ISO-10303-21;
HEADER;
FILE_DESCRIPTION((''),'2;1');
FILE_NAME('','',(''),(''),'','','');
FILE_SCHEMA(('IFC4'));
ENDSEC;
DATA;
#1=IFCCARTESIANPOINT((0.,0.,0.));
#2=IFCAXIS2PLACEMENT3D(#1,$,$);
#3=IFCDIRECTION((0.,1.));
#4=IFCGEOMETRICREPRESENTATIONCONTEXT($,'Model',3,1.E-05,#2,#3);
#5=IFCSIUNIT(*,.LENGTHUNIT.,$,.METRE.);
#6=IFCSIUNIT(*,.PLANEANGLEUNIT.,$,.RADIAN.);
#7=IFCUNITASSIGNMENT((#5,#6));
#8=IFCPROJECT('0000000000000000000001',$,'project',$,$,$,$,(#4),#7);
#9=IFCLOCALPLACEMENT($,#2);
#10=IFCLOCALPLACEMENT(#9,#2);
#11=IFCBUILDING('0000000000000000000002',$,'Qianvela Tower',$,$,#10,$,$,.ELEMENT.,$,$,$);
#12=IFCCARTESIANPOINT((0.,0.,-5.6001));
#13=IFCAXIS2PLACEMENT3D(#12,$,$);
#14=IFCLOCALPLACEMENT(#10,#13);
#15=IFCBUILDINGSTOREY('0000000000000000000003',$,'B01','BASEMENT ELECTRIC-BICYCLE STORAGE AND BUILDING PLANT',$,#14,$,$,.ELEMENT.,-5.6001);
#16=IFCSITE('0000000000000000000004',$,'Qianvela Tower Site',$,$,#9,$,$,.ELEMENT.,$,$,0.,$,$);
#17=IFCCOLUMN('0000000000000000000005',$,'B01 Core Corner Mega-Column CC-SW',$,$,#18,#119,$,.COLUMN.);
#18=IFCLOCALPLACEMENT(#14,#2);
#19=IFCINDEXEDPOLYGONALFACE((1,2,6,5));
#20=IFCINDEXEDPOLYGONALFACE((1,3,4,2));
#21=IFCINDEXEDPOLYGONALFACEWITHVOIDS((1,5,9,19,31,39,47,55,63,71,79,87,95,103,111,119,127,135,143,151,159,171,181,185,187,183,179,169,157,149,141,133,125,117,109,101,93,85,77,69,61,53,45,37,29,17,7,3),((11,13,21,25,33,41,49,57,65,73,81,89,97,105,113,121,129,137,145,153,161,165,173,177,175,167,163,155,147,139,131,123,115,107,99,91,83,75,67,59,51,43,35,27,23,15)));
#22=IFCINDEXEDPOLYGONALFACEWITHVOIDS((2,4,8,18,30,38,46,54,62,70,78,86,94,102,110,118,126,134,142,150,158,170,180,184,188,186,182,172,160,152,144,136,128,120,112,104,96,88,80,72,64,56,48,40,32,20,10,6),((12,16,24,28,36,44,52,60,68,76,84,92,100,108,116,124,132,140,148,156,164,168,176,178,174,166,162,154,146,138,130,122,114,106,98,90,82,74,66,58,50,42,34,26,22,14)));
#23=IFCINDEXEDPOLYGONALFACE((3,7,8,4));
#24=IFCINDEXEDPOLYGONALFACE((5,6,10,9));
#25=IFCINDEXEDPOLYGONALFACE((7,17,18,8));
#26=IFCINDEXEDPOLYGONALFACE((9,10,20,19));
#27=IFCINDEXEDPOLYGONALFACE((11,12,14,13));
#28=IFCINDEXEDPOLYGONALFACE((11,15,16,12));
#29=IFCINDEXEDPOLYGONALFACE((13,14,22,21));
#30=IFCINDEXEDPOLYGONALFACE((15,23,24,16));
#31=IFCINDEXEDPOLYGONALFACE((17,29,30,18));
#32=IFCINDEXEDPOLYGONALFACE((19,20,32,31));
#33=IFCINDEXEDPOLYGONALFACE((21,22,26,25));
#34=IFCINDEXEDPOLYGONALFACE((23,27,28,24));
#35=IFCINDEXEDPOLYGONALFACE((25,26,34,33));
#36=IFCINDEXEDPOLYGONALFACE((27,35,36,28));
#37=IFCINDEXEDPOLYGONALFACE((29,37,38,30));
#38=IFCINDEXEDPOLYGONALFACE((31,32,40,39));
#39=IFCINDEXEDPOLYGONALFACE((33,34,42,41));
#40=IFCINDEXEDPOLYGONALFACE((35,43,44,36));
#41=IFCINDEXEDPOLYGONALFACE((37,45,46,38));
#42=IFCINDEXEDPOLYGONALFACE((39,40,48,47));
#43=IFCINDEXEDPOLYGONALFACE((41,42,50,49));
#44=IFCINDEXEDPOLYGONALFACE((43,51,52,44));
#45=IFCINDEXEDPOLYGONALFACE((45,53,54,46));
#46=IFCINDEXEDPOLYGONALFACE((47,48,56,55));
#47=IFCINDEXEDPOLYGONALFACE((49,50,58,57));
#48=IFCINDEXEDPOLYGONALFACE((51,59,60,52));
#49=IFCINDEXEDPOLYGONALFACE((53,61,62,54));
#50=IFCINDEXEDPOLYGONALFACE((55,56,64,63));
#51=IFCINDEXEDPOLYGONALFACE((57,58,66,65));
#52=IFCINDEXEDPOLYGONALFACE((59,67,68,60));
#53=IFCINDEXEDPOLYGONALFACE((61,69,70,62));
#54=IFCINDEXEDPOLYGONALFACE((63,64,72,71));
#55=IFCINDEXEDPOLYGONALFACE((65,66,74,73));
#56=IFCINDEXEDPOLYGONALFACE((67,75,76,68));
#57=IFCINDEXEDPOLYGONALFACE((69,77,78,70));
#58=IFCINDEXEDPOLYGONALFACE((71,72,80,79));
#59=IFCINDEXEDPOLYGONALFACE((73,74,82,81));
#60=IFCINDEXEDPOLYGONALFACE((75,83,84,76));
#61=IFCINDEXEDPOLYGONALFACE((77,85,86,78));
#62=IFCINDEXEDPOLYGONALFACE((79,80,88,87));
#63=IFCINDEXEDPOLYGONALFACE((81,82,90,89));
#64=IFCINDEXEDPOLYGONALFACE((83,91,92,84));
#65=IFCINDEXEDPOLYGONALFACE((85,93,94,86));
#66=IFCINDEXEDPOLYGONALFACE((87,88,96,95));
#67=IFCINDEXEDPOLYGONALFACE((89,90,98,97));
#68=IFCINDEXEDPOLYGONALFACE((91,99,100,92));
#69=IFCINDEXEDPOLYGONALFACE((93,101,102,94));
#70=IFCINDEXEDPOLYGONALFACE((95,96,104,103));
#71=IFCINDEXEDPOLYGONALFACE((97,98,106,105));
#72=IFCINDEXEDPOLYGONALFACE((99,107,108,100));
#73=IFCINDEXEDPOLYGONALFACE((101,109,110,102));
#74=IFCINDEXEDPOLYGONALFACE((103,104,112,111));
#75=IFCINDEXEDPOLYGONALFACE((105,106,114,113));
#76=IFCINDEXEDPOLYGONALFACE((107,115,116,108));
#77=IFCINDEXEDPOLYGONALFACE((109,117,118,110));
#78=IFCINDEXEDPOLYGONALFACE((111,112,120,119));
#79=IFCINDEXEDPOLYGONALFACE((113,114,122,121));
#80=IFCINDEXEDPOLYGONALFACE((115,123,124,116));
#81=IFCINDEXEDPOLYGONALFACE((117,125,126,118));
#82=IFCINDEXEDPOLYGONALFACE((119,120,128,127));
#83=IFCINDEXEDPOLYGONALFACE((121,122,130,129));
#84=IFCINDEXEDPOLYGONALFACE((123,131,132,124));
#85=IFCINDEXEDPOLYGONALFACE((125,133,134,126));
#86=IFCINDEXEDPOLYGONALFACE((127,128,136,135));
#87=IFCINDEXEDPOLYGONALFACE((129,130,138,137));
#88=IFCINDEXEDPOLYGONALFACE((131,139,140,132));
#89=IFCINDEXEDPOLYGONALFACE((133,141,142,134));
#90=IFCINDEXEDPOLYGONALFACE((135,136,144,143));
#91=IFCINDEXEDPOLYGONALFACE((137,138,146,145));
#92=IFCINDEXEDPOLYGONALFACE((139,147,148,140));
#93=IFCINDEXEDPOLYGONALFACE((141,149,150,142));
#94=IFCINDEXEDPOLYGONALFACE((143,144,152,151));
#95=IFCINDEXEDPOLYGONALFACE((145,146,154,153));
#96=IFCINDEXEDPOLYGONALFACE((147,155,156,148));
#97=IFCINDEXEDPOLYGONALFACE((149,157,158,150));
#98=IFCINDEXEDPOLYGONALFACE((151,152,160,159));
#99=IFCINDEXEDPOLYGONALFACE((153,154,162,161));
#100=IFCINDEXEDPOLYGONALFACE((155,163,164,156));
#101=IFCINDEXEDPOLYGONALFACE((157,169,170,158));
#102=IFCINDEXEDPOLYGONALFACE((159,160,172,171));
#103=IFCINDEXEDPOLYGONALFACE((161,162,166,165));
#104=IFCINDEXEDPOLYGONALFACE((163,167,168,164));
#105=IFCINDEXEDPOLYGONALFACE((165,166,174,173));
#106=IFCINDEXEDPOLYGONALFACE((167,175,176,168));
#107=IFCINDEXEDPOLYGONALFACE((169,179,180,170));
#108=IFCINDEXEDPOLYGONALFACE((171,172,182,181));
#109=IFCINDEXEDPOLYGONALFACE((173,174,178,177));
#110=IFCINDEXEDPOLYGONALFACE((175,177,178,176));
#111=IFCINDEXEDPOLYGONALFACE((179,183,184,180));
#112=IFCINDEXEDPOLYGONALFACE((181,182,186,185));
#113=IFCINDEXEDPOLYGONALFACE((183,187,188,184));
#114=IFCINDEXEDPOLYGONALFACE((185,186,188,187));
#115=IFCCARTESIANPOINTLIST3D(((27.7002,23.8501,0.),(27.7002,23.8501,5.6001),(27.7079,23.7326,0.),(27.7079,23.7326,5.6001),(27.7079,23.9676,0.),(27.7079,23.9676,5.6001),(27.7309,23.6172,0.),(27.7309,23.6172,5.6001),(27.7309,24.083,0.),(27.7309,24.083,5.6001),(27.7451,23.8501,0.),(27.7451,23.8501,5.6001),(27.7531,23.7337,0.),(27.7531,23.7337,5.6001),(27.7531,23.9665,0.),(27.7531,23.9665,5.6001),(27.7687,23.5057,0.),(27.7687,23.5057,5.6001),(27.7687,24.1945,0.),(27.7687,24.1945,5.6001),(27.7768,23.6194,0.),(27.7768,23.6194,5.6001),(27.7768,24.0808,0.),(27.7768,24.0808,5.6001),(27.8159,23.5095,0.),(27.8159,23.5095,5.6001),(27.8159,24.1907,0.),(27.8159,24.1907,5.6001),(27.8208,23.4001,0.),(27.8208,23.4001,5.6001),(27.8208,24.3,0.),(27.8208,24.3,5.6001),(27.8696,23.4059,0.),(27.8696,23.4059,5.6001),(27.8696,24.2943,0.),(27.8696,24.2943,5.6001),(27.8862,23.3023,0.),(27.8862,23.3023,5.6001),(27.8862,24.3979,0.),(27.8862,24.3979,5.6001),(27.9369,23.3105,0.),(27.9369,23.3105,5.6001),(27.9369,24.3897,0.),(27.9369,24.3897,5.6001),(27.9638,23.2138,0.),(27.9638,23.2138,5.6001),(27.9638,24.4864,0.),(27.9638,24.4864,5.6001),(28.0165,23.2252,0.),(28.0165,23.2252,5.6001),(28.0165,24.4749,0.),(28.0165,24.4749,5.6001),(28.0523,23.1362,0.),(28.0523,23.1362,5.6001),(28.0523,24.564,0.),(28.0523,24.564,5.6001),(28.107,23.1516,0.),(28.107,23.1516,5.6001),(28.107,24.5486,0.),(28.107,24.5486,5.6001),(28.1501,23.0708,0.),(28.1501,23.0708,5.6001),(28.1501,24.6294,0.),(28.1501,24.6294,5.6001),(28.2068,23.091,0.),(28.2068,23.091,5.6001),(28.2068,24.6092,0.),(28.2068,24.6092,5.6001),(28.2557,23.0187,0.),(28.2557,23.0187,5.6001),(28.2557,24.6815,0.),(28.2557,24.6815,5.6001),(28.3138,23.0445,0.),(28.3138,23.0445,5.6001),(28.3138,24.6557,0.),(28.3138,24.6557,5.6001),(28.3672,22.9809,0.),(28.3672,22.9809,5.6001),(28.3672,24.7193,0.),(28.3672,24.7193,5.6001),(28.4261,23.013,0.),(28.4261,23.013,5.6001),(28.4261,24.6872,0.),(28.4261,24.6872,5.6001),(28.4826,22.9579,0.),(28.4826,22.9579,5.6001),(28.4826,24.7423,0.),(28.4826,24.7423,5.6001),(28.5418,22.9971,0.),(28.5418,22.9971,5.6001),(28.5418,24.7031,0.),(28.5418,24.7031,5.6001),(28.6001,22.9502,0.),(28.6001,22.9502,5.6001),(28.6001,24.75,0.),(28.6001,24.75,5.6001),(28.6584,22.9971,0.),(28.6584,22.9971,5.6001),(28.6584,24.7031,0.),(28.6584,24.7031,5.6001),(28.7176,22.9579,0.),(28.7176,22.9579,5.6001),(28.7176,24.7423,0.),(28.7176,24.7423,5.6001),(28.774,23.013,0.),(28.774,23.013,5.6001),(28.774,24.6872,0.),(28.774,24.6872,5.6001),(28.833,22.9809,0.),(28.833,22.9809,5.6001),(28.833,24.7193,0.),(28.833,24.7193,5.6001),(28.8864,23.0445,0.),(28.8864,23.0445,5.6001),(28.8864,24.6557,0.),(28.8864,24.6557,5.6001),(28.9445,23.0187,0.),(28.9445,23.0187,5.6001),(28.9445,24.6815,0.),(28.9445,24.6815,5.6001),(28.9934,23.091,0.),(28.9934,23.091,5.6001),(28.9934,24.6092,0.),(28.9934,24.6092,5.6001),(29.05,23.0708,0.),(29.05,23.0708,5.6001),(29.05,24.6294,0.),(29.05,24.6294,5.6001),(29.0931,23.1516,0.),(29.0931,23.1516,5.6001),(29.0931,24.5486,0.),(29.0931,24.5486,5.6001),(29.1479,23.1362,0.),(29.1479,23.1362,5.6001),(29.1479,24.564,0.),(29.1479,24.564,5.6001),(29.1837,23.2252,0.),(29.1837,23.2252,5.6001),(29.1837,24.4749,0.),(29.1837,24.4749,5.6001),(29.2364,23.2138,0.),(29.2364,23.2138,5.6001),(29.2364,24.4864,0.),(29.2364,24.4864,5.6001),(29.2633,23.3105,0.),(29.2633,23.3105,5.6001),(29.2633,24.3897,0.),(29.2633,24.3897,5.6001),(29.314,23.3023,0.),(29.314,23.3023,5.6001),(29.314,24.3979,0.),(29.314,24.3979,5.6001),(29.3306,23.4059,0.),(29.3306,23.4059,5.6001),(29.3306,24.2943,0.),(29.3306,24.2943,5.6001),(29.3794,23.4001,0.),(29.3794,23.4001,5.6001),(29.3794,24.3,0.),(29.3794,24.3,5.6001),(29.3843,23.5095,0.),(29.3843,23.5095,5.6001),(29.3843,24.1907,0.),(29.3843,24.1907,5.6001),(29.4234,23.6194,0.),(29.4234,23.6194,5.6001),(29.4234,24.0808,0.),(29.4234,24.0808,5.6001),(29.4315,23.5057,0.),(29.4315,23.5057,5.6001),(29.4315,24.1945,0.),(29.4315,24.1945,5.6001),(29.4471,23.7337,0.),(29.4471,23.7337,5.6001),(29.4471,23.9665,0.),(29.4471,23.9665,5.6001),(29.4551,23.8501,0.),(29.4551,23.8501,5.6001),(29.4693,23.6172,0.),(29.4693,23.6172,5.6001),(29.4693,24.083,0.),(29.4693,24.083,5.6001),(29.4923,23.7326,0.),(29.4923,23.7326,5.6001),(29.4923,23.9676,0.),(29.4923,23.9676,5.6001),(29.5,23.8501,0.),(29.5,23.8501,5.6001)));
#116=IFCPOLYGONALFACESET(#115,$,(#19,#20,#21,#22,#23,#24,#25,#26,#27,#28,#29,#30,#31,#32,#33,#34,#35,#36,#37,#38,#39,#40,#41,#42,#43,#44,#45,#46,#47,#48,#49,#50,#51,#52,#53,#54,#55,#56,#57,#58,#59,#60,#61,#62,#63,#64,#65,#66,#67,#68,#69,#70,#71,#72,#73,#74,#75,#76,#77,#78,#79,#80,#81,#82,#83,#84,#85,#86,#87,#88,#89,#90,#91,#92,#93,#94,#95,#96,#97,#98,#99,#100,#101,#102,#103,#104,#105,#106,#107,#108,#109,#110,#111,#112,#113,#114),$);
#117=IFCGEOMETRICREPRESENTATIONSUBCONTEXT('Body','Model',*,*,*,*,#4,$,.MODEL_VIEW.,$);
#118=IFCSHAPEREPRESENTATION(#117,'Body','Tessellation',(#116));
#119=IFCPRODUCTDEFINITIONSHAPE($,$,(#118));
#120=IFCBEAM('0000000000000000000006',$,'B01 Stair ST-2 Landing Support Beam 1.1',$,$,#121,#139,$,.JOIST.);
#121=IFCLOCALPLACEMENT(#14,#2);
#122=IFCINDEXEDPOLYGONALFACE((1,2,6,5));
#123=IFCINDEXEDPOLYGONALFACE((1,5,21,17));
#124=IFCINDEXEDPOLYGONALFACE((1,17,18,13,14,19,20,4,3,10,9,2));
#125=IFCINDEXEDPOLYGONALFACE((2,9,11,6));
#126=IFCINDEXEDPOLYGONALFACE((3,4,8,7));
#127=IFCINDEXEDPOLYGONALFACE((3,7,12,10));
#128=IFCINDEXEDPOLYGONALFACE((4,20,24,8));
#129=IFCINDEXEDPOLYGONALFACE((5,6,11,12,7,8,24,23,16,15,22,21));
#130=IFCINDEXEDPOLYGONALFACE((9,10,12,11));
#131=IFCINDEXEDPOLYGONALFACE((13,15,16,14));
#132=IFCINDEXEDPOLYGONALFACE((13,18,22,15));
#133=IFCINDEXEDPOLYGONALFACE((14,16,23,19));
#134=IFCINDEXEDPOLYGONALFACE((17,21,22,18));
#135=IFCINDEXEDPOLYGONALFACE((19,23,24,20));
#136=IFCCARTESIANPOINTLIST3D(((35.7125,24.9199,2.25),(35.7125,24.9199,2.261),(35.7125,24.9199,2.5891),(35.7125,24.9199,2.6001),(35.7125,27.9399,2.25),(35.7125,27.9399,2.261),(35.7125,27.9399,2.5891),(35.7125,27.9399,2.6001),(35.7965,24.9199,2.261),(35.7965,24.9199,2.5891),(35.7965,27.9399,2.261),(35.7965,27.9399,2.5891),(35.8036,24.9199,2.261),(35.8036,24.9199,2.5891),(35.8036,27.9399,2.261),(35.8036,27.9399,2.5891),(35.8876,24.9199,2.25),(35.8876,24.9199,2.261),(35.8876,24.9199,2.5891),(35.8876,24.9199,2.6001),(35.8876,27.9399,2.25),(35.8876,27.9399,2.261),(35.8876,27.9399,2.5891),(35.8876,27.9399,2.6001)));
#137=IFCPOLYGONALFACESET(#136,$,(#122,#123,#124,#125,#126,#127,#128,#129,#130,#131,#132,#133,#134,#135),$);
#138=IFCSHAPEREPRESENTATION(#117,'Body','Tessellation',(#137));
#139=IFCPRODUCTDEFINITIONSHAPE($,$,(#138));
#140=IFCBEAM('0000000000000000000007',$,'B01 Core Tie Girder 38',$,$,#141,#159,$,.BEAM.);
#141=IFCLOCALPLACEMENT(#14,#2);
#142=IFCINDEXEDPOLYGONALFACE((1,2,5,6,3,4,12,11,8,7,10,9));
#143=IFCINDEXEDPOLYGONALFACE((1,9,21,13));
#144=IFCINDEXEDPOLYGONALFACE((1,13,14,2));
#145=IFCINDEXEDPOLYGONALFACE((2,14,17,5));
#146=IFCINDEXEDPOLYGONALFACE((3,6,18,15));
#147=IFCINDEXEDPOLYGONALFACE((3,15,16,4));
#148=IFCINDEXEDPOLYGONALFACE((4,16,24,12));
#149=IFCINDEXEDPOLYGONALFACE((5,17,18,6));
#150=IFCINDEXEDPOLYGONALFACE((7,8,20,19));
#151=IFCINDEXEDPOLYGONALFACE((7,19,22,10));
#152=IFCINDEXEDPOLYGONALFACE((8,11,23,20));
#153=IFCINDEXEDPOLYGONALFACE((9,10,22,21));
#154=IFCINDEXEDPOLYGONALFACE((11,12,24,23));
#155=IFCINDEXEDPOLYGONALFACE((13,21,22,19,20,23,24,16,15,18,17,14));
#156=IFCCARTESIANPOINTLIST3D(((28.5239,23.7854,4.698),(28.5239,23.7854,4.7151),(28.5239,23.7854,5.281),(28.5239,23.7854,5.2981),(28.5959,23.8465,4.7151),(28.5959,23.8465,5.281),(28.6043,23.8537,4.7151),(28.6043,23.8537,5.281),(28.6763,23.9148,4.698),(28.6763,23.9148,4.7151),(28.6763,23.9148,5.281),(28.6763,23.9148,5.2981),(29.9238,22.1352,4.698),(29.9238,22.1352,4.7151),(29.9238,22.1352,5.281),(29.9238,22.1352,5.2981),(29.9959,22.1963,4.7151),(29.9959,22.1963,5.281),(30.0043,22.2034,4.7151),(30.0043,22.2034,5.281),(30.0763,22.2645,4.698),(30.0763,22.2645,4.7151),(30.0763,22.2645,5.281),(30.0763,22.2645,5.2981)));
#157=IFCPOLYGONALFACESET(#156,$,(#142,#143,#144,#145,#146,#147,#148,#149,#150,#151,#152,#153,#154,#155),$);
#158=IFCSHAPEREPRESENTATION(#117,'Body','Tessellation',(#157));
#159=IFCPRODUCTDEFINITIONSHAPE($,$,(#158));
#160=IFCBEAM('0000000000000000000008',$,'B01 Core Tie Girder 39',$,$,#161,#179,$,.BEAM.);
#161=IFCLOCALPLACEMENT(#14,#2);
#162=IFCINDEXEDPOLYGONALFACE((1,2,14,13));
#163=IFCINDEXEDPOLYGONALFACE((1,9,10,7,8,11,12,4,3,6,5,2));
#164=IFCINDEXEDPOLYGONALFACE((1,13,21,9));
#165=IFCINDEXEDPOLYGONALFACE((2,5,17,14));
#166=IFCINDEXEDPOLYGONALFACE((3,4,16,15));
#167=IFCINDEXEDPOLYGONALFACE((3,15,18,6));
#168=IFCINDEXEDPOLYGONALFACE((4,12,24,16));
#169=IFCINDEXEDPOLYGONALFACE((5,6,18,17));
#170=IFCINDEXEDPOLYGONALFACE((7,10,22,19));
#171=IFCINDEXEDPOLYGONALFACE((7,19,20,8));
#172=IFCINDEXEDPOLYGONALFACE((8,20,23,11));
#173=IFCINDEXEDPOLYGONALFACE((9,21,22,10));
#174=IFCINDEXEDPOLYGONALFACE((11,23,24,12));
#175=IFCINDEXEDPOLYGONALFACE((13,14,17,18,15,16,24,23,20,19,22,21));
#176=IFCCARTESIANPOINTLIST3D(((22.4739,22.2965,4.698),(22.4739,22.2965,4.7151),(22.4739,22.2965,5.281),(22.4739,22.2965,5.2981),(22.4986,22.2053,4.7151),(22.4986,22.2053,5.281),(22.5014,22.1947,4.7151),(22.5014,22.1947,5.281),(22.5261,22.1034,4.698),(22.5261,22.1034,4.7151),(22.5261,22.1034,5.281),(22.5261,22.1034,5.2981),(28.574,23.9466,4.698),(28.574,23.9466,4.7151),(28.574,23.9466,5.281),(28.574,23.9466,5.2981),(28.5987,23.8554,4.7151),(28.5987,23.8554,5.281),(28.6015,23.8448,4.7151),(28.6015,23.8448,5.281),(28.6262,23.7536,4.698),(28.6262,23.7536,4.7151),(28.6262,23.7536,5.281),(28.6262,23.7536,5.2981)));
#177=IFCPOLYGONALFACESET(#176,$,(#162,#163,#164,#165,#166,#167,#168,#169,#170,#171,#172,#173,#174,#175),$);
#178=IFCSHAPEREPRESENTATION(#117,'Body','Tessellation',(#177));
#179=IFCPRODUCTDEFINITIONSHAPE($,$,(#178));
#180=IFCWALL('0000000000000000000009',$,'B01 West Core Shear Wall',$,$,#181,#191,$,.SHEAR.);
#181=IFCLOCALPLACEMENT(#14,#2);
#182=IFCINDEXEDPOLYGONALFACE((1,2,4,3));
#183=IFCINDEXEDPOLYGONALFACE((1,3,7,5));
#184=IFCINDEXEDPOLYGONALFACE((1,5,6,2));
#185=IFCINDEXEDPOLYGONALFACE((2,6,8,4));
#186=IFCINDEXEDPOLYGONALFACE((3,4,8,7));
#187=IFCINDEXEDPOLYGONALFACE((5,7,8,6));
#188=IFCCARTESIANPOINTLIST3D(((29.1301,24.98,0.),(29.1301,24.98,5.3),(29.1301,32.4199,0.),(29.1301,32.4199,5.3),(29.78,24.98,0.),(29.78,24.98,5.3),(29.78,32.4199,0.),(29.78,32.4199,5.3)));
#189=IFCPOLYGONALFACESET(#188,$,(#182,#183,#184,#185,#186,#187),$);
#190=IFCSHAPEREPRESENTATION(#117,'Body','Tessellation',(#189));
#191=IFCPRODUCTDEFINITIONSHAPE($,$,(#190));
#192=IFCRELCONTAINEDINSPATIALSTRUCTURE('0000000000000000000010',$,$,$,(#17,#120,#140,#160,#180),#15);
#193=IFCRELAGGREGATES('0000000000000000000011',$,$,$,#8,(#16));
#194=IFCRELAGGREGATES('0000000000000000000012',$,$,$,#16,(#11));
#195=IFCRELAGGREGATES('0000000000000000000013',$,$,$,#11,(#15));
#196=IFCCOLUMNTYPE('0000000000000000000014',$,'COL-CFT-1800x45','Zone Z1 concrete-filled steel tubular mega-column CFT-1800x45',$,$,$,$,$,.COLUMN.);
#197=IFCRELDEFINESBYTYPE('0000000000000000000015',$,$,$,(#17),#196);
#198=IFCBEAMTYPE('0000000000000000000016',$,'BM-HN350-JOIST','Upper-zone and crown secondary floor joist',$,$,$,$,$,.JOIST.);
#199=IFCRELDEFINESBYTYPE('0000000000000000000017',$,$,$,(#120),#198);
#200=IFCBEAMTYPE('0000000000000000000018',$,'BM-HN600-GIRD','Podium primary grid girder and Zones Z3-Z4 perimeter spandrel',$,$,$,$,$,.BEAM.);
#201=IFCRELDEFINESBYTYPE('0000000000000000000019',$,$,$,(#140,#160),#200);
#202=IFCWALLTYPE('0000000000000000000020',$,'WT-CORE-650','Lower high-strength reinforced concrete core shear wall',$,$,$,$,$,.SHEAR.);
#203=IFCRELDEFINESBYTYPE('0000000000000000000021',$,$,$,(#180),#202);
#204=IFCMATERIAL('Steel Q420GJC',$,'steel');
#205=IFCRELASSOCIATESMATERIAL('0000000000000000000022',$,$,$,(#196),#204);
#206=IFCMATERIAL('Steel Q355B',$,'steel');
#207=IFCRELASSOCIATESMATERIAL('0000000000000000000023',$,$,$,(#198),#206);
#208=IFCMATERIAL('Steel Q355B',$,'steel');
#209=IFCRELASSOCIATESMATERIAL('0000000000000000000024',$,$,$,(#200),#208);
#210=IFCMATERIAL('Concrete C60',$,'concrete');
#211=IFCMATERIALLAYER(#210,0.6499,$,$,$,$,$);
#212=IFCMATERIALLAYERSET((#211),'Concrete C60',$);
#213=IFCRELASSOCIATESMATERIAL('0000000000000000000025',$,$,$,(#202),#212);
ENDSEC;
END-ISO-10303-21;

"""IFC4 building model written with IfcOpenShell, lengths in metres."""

from ifc_helpers import new_model, si_unit, direction, frame, frame_2d, origin, origin_2d, place, context, subcontext, project, spatial, rectangle, hollow_circle, i_section, extrude, material, layer, layer_set, material_profile, profile_set, type_object, element, save


model = new_model("IFC4")

# Units and contexts
model_context = context("Model", 3, precision=1e-05, world=origin(), true_north=direction((0.0, 1.0)))
body_context = subcontext(model_context, "Body", "Model", "MODEL_VIEW")
ifc_project = project(units=[si_unit("LENGTHUNIT", "METRE"), si_unit("PLANEANGLEUNIT", "RADIAN")], contexts=[model_context])

# Site, building, storey
site_placement = place(None, origin())
site = spatial("IfcSite", under=ifc_project, at=site_placement, Name="Qianvela Tower Site", CompositionType="ELEMENT", RefElevation=0.0)
building_placement = place(site_placement, origin())
building = spatial("IfcBuilding", under=site, at=building_placement, Name="Qianvela Tower", CompositionType="ELEMENT")
storey_placement = place(building_placement, frame((0.0, 0.0, -5.6001)))
storey = spatial("IfcBuildingStorey", under=building, at=storey_placement, Name="B01", Description="BASEMENT ELECTRIC-BICYCLE STORAGE AND BUILDING PLANT", CompositionType="ELEMENT", Elevation=-5.6001)

# Column
ifc_material_1 = material(Name="Steel Q420GJC", Category="steel")
ifc_material_profile_1 = material_profile(ifc_material_1, hollow_circle(Radius=0.8999, WallThickness=0.0449, at=origin_2d()), Name="CFT-1800x45")
ifc_profile_set_1 = profile_set([ifc_material_profile_1], Name="Steel Q420GJC")
column_type = type_object("IfcColumnType", Name="COL-CFT-1800x45", Description="Zone Z1 concrete-filled steel tubular mega-column CFT-1800x45", PredefinedType="COLUMN", material=ifc_profile_set_1)
column_placement = place(storey_placement, frame((28.6001, 23.8501, 0.0), z_axis=(0.0, 0.0, 1.0), x_axis=(1.0, 0.0, 0.0)))
element("IfcColumn", 1, at=column_placement, inside=storey, type_object=column_type, Name="B01 Core Corner Mega-Column CC-SW", PredefinedType="COLUMN", context=body_context, shape_type="SweptSolid", body=[
    extrude(hollow_circle(Radius=0.8999, WallThickness=0.0449, at=origin_2d()), origin(), (0.0, 0.0, 1.0), 5.6001),
])

# Beams
ifc_material_2 = material(Name="Steel Q355B", Category="steel")
ifc_material_profile_2 = material_profile(ifc_material_2, i_section(OverallWidth=0.175, OverallDepth=0.3501, WebThickness=0.0071, FlangeThickness=0.011, at=origin_2d()), Name="HN350x175x7x11")
ifc_profile_set_2 = profile_set([ifc_material_profile_2], Name="Steel Q355B")
beam_type_1 = type_object("IfcBeamType", Name="BM-HN350-JOIST", Description="Upper-zone and crown secondary floor joist", PredefinedType="JOIST", material=ifc_profile_set_2)
beam_1_placement = place(storey_placement, frame((35.8, 24.9199, 2.425), z_axis=(0.0, 1.0, 0.0), x_axis=(-1.0, 0.0, 0.0)))
element("IfcBeam", 2, at=beam_1_placement, inside=storey, type_object=beam_type_1, Name="B01 Stair ST-2 Landing Support Beam 1.1", PredefinedType="JOIST", context=body_context, shape_type="SweptSolid", body=[
    extrude(i_section(OverallWidth=0.175, OverallDepth=0.3501, WebThickness=0.0071, FlangeThickness=0.011, at=origin_2d()), origin(), (0.0, 0.0, 1.0), 3.02),
])
ifc_material_3 = material(Name="Steel Q355B", Category="steel")
ifc_material_profile_3 = material_profile(ifc_material_3, i_section(OverallWidth=0.2, OverallDepth=0.6001, WebThickness=0.011, FlangeThickness=0.0171, at=origin_2d()), Name="HN600x200x11x17")
ifc_profile_set_3 = profile_set([ifc_material_profile_3], Name="Steel Q355B")
beam_type_2 = type_object("IfcBeamType", Name="BM-HN600-GIRD", Description="Podium primary grid girder and Zones Z3-Z4 perimeter spandrel", PredefinedType="BEAM", material=ifc_profile_set_3)
beam_2_placement = place(storey_placement, frame((28.6001, 23.8501, 4.998), z_axis=(0.646918, -0.76256, 0.0), x_axis=(0.76256, 0.646918, 0.0)))
element("IfcBeam", 3, at=beam_2_placement, inside=storey, type_object=beam_type_2, Name="B01 Core Tie Girder 38", PredefinedType="BEAM", context=body_context, shape_type="SweptSolid", body=[
    extrude(i_section(OverallWidth=0.2, OverallDepth=0.6001, WebThickness=0.011, FlangeThickness=0.0171, at=origin_2d()), origin(), (0.0, 0.0, 1.0), 2.1641),
])
beam_3_placement = place(storey_placement, frame((28.6001, 23.8501, 4.998), z_axis=(-0.965305, -0.261126, 0.0), x_axis=(0.261126, -0.965305, 0.0)))
element("IfcBeam", 4, at=beam_3_placement, inside=storey, type_object=beam_type_2, Name="B01 Core Tie Girder 39", PredefinedType="BEAM", context=body_context, shape_type="SweptSolid", body=[
    extrude(i_section(OverallWidth=0.2, OverallDepth=0.6001, WebThickness=0.011, FlangeThickness=0.0171, at=origin_2d()), origin(), (0.0, 0.0, 1.0), 6.3193),
])

# Shared definitions
ifc_material_4 = material(Name="Concrete C60", Category="concrete")
ifc_layer_1 = layer(ifc_material_4, 0.6499)
ifc_layer_set_1 = layer_set([ifc_layer_1], Name="Concrete C60")
wall_type_1 = type_object("IfcWallType", Name="WT-CORE-650", Description="Lower high-strength reinforced concrete core shear wall", PredefinedType="SHEAR", material=ifc_layer_set_1)

# Wall
wall_1_placement = place(storey_placement, frame((29.4551, 24.98, 0.0), z_axis=(0.0, 0.0, 1.0), x_axis=(0.0, 1.0, 0.0)))
element("IfcWall", 5, at=wall_1_placement, inside=storey, type_object=wall_type_1, Name="B01 West Core Shear Wall", PredefinedType="SHEAR", context=body_context, shape_type="SweptSolid", body=[
    extrude(rectangle(XDim=7.4399, YDim=0.6499, at=frame_2d((3.72, 0.0))), origin(), (0.0, 0.0, 1.0), 5.3),
])

save(model, "model.ifc")
